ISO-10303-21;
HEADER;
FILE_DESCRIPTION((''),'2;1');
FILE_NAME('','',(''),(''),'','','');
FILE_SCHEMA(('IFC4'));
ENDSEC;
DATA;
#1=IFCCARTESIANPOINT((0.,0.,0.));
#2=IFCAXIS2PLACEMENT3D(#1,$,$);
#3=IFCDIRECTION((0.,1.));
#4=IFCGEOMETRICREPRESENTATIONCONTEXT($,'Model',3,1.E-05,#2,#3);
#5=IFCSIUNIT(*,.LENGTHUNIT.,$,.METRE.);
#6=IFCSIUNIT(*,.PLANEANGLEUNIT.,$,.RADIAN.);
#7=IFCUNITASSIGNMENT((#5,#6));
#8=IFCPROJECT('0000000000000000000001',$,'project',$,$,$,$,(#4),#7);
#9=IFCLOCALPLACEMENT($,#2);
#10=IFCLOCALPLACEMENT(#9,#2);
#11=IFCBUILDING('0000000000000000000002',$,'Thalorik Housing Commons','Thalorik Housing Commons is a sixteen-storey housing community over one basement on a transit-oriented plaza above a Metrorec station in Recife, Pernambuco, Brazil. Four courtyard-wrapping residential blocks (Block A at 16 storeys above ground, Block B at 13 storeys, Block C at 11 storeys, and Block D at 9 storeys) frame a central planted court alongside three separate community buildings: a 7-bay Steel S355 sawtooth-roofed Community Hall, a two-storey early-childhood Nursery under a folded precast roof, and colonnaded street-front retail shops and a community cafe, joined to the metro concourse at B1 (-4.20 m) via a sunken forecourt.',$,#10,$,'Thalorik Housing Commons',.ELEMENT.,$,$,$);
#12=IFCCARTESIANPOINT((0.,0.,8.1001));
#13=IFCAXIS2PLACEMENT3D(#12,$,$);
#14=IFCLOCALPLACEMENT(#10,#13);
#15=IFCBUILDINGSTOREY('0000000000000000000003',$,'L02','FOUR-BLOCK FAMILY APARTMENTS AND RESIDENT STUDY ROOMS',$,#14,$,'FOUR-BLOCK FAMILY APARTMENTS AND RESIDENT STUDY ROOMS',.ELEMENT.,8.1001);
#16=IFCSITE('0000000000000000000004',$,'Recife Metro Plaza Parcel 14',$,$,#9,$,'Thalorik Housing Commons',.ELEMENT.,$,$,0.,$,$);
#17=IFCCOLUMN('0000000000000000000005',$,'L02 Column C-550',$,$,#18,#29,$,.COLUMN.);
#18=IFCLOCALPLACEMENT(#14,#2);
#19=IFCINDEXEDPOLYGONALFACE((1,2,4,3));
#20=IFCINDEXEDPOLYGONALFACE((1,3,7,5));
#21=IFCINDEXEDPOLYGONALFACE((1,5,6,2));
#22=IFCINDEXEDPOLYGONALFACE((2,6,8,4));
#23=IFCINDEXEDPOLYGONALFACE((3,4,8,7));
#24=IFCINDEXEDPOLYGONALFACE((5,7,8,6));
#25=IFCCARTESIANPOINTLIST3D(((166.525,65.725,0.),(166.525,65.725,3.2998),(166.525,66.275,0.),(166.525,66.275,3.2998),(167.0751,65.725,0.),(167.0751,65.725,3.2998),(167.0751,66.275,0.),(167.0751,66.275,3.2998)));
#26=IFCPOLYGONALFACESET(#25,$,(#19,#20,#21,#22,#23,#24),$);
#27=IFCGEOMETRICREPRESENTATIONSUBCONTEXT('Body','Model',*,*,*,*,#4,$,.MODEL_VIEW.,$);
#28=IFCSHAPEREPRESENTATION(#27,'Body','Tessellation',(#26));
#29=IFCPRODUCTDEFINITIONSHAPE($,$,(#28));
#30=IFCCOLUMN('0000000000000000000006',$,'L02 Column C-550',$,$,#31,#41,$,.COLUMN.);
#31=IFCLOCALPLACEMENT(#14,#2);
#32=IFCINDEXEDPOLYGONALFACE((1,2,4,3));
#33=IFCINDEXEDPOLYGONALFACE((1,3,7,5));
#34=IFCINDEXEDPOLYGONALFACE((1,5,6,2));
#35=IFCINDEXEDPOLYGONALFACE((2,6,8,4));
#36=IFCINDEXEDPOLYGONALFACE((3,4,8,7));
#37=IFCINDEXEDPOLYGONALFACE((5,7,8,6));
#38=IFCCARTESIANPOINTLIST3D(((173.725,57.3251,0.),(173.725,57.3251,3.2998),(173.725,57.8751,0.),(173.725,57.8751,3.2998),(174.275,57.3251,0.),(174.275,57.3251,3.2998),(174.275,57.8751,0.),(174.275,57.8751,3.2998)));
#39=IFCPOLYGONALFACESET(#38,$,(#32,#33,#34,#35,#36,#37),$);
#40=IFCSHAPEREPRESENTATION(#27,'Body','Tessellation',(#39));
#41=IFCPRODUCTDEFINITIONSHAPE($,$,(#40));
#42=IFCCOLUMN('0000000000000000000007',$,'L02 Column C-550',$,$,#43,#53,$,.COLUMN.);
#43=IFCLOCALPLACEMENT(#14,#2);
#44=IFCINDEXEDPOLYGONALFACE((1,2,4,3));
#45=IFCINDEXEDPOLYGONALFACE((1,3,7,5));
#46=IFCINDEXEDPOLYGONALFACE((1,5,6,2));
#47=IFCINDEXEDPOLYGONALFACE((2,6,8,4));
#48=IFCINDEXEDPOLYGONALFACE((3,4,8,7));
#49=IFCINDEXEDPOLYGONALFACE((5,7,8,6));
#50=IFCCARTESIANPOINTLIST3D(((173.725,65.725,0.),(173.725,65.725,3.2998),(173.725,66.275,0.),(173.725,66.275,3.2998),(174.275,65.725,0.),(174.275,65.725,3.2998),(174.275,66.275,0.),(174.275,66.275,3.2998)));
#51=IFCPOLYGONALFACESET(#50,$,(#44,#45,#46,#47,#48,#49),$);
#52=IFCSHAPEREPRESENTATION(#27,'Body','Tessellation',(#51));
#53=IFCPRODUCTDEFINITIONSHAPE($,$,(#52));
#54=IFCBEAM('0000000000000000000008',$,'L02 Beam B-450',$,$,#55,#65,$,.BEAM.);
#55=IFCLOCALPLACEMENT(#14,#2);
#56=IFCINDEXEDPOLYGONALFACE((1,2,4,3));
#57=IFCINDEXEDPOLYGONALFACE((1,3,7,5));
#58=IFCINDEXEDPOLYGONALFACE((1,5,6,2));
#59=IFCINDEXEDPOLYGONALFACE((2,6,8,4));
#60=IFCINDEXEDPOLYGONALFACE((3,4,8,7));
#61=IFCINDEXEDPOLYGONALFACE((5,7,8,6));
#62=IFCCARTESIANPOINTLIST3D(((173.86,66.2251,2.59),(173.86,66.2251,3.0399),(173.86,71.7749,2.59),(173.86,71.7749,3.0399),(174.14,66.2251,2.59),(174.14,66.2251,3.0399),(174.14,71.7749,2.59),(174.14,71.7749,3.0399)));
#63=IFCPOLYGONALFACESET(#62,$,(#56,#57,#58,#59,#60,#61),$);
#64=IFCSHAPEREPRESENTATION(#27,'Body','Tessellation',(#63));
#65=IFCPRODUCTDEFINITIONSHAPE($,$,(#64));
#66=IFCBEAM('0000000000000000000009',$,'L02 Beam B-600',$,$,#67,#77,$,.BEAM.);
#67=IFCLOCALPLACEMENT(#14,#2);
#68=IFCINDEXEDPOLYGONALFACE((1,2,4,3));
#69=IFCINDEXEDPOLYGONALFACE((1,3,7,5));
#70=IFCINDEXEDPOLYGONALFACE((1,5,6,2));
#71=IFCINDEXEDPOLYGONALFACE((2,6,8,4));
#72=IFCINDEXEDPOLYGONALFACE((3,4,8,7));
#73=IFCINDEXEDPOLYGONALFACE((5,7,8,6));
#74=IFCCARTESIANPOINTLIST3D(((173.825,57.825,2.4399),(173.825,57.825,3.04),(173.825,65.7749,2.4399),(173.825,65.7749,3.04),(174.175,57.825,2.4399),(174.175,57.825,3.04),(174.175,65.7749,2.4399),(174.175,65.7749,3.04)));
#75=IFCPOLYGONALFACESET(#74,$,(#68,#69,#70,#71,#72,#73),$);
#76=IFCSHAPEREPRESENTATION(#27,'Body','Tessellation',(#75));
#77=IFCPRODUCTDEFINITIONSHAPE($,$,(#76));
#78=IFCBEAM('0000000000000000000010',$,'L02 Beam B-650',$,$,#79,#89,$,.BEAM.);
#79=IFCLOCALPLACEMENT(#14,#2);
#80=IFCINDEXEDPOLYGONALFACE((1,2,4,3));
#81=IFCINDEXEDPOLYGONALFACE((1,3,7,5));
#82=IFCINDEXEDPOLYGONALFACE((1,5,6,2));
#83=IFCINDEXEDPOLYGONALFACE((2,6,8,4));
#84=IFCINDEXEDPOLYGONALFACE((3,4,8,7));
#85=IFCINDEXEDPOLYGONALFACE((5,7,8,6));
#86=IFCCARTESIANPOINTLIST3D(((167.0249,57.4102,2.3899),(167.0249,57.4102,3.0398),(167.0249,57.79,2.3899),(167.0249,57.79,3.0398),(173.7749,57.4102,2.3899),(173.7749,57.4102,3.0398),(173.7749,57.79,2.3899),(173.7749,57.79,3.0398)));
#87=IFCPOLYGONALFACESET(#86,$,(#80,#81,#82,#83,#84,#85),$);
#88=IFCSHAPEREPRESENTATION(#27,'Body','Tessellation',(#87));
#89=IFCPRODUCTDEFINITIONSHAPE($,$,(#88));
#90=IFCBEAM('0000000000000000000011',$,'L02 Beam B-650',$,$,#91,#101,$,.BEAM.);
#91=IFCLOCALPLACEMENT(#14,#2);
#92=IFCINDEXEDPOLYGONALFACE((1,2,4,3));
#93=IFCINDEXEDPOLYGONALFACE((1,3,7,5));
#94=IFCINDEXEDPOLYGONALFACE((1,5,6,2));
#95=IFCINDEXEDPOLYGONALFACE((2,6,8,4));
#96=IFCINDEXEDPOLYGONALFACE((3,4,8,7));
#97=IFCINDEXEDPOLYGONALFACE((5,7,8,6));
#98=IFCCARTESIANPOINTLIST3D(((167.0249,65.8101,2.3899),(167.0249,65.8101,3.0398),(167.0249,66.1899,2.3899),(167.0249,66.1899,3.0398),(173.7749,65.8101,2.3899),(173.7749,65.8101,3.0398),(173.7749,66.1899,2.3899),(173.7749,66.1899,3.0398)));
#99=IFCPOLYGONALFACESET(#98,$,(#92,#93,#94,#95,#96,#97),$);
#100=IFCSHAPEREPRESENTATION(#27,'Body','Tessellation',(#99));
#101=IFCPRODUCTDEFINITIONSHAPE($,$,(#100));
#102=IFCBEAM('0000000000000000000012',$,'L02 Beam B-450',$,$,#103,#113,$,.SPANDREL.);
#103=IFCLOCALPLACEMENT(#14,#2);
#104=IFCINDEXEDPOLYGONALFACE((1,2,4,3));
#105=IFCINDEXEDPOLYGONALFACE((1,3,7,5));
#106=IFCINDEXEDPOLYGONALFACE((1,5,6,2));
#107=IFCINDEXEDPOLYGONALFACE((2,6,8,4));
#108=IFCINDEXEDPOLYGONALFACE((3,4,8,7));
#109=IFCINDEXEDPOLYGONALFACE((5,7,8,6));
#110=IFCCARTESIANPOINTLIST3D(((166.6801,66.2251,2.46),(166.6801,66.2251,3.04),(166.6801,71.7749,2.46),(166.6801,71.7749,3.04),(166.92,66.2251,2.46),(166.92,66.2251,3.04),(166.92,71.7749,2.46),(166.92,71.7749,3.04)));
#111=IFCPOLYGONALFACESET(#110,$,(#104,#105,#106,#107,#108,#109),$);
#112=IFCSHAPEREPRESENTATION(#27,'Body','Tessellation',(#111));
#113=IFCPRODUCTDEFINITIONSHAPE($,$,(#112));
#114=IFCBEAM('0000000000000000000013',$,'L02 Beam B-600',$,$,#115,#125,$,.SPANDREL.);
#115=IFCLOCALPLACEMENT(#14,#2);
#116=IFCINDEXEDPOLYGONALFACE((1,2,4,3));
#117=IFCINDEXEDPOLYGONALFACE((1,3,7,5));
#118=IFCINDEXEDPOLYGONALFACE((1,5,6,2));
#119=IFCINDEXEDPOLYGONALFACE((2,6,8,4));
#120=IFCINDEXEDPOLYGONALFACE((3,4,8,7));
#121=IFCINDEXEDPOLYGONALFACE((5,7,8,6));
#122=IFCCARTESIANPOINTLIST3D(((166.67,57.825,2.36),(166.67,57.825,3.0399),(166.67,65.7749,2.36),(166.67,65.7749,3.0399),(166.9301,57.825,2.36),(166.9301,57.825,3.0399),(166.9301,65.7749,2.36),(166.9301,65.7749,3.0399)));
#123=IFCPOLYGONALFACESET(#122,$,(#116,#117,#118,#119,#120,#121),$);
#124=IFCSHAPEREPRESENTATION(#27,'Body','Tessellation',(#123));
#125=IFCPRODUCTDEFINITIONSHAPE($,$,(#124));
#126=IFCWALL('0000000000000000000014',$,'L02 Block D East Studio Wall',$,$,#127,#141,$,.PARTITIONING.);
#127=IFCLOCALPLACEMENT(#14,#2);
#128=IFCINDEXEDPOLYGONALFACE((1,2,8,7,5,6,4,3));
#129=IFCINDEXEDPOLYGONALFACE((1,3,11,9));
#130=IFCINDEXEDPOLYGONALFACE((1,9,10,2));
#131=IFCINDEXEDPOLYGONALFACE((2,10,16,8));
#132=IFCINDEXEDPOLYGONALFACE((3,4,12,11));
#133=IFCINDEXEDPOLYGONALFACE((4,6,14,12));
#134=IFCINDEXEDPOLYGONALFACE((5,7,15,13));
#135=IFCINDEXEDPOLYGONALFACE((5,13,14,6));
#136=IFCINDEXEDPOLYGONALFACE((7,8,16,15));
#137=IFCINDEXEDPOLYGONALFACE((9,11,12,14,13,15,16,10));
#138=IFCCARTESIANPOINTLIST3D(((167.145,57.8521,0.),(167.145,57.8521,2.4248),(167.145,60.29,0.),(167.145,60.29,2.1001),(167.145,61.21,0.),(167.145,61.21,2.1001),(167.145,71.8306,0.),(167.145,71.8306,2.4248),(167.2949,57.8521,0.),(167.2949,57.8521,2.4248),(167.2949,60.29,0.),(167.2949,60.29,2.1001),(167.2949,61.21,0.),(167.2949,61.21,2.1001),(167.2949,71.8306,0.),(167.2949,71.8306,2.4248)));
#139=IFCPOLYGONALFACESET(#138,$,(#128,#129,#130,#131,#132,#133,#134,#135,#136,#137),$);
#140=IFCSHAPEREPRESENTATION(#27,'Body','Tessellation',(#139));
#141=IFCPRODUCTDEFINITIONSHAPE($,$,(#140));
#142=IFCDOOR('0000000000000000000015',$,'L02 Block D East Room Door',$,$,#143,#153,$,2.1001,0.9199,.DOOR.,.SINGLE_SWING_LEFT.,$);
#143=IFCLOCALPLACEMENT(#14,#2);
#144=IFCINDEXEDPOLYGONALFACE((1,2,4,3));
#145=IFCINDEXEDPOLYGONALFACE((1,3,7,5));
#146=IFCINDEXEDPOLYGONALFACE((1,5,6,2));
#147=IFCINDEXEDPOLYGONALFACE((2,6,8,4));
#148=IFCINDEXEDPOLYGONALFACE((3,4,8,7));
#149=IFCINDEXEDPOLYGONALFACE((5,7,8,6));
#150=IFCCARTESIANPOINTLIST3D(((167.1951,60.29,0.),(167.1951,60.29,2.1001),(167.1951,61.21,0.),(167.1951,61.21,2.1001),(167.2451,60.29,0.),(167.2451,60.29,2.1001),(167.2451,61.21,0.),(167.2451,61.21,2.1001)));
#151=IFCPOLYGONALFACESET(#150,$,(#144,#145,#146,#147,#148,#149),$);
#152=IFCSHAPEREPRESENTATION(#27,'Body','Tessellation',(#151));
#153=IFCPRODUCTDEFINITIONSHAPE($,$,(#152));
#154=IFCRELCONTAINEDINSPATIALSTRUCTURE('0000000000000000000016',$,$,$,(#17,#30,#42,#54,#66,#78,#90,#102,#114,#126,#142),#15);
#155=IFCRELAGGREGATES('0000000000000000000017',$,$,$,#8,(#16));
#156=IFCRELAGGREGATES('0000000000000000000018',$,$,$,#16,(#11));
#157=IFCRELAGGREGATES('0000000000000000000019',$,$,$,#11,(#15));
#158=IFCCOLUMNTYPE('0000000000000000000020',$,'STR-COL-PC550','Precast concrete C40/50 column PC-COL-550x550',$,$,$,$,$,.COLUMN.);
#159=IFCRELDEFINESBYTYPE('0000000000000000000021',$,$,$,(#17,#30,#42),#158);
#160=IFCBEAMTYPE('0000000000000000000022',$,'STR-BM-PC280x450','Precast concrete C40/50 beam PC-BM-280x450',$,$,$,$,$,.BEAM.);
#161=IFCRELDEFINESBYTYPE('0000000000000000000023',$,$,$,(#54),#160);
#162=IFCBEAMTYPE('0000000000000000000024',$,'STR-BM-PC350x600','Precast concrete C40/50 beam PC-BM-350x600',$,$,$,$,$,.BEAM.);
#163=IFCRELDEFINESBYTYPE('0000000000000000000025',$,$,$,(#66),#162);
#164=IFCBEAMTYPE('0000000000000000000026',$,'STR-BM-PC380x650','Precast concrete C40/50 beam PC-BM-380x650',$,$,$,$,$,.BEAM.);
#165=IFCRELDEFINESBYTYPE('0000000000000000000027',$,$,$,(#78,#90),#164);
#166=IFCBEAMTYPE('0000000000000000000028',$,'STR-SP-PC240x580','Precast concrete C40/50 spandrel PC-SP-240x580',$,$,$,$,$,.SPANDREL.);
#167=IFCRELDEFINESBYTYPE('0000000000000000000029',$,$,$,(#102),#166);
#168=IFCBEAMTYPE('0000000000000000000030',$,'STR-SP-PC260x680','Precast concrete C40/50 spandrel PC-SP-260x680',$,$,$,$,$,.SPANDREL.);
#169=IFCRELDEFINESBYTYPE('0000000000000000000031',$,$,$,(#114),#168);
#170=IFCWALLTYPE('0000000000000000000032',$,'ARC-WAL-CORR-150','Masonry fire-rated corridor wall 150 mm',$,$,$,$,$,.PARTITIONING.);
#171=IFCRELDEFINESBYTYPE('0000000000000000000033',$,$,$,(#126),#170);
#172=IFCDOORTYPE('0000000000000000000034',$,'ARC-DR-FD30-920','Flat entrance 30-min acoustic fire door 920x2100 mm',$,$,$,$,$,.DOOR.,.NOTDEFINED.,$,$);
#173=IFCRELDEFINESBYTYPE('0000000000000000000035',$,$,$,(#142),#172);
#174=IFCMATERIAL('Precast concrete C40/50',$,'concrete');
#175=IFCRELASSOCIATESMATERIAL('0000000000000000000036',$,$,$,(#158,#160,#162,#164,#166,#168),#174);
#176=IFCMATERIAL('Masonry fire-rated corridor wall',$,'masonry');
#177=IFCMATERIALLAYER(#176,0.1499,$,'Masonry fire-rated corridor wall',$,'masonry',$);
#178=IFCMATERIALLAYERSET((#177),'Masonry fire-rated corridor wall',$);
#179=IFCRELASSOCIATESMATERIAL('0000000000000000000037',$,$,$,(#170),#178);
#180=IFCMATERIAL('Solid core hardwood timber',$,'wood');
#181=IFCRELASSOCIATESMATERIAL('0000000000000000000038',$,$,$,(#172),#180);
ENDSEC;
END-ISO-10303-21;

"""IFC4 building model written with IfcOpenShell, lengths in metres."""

from ifc_helpers import new_model, si_unit, direction, frame, frame_2d, origin, origin_2d, place, context, subcontext, project, spatial, rectangle, extrude, material, layer, layer_set, material_profile, profile_set, type_object, element, fill, save


model = new_model("IFC4")

# Units and contexts
model_context = context("Model", 3, precision=1e-05, world=origin(), true_north=direction((0.0, 1.0)))
body_context = subcontext(model_context, "Body", "Model", "MODEL_VIEW")
ifc_project = project(units=[si_unit("LENGTHUNIT", "METRE"), si_unit("PLANEANGLEUNIT", "RADIAN")], contexts=[model_context])

# Site, building, storey
site_placement = place(None, origin())
site = spatial("IfcSite", under=ifc_project, at=site_placement, Name="Recife Metro Plaza Parcel 14", LongName="Thalorik Housing Commons", CompositionType="ELEMENT", RefElevation=0.0)
building_placement = place(site_placement, origin())
building = spatial("IfcBuilding", under=site, at=building_placement, Name="Thalorik Housing Commons", Description="Thalorik Housing Commons is a sixteen-storey housing community over one basement on a transit-oriented plaza above a Metrorec station in Recife, Pernambuco, Brazil. Four courtyard-wrapping residential blocks (Block A at 16 storeys above ground, Block B at 13 storeys, Block C at 11 storeys, and Block D at 9 storeys) frame a central planted court alongside three separate community buildings: a 7-bay Steel S355 sawtooth-roofed Community Hall, a two-storey early-childhood Nursery under a folded precast roof, and colonnaded street-front retail shops and a community cafe, joined to the metro concourse at B1 (-4.20 m) via a sunken forecourt.", LongName="Thalorik Housing Commons", CompositionType="ELEMENT")
storey_placement = place(building_placement, frame((0.0, 0.0, 8.1001)))
storey = spatial("IfcBuildingStorey", under=building, at=storey_placement, Name="L02", Description="FOUR-BLOCK FAMILY APARTMENTS AND RESIDENT STUDY ROOMS", LongName="FOUR-BLOCK FAMILY APARTMENTS AND RESIDENT STUDY ROOMS", CompositionType="ELEMENT", Elevation=8.1001)

# Columns
ifc_material_1 = material(Name="Precast concrete C40/50", Category="concrete")
ifc_material_profile_1 = material_profile(ifc_material_1, rectangle(XDim=0.55, YDim=0.55, at=origin_2d()), Name="PC 550x550", Category="concrete")
ifc_profile_set_1 = profile_set([ifc_material_profile_1], Name="Precast concrete C40/50")
column_type = type_object("IfcColumnType", Name="STR-COL-PC550", Description="Precast concrete C40/50 column PC-COL-550x550", PredefinedType="COLUMN", material=ifc_profile_set_1)
for number, where, z_axis, x_axis, name in (
    (1, (166.8, 66.0, 0.0), (0.0, 0.0, 1.0), (1.0, 0.0, 0.0), "L02 Column C-550"),
    (2, (174.0, 57.6001, 0.0), (0.0, 0.0, 1.0), (1.0, 0.0, 0.0), "L02 Column C-550"),
    (3, (174.0, 66.0, 0.0), (0.0, 0.0, 1.0), (1.0, 0.0, 0.0), "L02 Column C-550"),
):
    element("IfcColumn", number, at=place(storey_placement, frame(where, z_axis=z_axis, x_axis=x_axis)), inside=storey, type_object=column_type, Name=name, PredefinedType="COLUMN", context=body_context, shape_type="SweptSolid", body=[
        extrude(rectangle(XDim=0.55, YDim=0.55, at=origin_2d()), origin(), (0.0, 0.0, 1.0), 3.2998),
    ])

# Beams
ifc_material_profile_2 = material_profile(ifc_material_1, rectangle(XDim=0.28, YDim=0.45, at=origin_2d()), Name="PC 280x450", Category="concrete")
ifc_profile_set_2 = profile_set([ifc_material_profile_2], Name="Precast concrete C40/50")
beam_type_1 = type_object("IfcBeamType", Name="STR-BM-PC280x450", Description="Precast concrete C40/50 beam PC-BM-280x450", PredefinedType="BEAM", material=ifc_profile_set_2)
beam_1_placement = place(storey_placement, frame((174.0, 66.2251, 2.8149), z_axis=(0.0, 1.0, 0.0), x_axis=(-1.0, 0.0, 0.0)))
element("IfcBeam", 4, at=beam_1_placement, inside=storey, type_object=beam_type_1, Name="L02 Beam B-450", PredefinedType="BEAM", context=body_context, shape_type="SweptSolid", body=[
    extrude(rectangle(XDim=0.28, YDim=0.45, at=origin_2d()), origin(), (0.0, 0.0, 1.0), 5.5498),
])
ifc_material_profile_3 = material_profile(ifc_material_1, rectangle(XDim=0.3501, YDim=0.6001, at=origin_2d()), Name="PC 350x600", Category="concrete")
ifc_profile_set_3 = profile_set([ifc_material_profile_3], Name="Precast concrete C40/50")
beam_type_2 = type_object("IfcBeamType", Name="STR-BM-PC350x600", Description="Precast concrete C40/50 beam PC-BM-350x600", PredefinedType="BEAM", material=ifc_profile_set_3)
beam_2_placement = place(storey_placement, frame((174.0, 57.825, 2.74), z_axis=(0.0, 1.0, 0.0), x_axis=(-1.0, 0.0, 0.0)))
element("IfcBeam", 5, at=beam_2_placement, inside=storey, type_object=beam_type_2, Name="L02 Beam B-600", PredefinedType="BEAM", context=body_context, shape_type="SweptSolid", body=[
    extrude(rectangle(XDim=0.3501, YDim=0.6001, at=origin_2d()), origin(), (0.0, 0.0, 1.0), 7.95),
])
ifc_material_profile_4 = material_profile(ifc_material_1, rectangle(XDim=0.3799, YDim=0.6499, at=origin_2d()), Name="PC 380x650", Category="concrete")
ifc_profile_set_4 = profile_set([ifc_material_profile_4], Name="Precast concrete C40/50")
beam_type_3 = type_object("IfcBeamType", Name="STR-BM-PC380x650", Description="Precast concrete C40/50 beam PC-BM-380x650", PredefinedType="BEAM", material=ifc_profile_set_4)
for number, where, z_axis, x_axis, name in (
    (6, (167.0249, 57.6001, 2.7148), (1.0, 0.0, 0.0), (0.0, 1.0, 0.0), "L02 Beam B-650"),
    (7, (167.0249, 66.0, 2.7148), (1.0, 0.0, 0.0), (0.0, 1.0, 0.0), "L02 Beam B-650"),
):
    element("IfcBeam", number, at=place(storey_placement, frame(where, z_axis=z_axis, x_axis=x_axis)), inside=storey, type_object=beam_type_3, Name=name, PredefinedType="BEAM", context=body_context, shape_type="SweptSolid", body=[
        extrude(rectangle(XDim=0.3799, YDim=0.6499, at=origin_2d()), origin(), (0.0, 0.0, 1.0), 6.75),
    ])
ifc_material_profile_5 = material_profile(ifc_material_1, rectangle(XDim=0.24, YDim=0.5801, at=origin_2d()), Name="PC SP 240x580", Category="concrete")
ifc_profile_set_5 = profile_set([ifc_material_profile_5], Name="Precast concrete C40/50")
beam_type_4 = type_object("IfcBeamType", Name="STR-SP-PC240x580", Description="Precast concrete C40/50 spandrel PC-SP-240x580", PredefinedType="SPANDREL", material=ifc_profile_set_5)
beam_3_placement = place(storey_placement, frame((166.8, 66.2251, 2.75), z_axis=(0.0, 1.0, 0.0), x_axis=(-1.0, 0.0, 0.0)))
element("IfcBeam", 8, at=beam_3_placement, inside=storey, type_object=beam_type_4, Name="L02 Beam B-450", PredefinedType="SPANDREL", context=body_context, shape_type="SweptSolid", body=[
    extrude(rectangle(XDim=0.24, YDim=0.5801, at=origin_2d()), origin(), (0.0, 0.0, 1.0), 5.5498),
])
ifc_material_profile_6 = material_profile(ifc_material_1, rectangle(XDim=0.26, YDim=0.6799, at=origin_2d()), Name="PC SP 260x680", Category="concrete")
ifc_profile_set_6 = profile_set([ifc_material_profile_6], Name="Precast concrete C40/50")
beam_type_5 = type_object("IfcBeamType", Name="STR-SP-PC260x680", Description="Precast concrete C40/50 spandrel PC-SP-260x680", PredefinedType="SPANDREL", material=ifc_profile_set_6)
beam_4_placement = place(storey_placement, frame((166.8, 57.825, 2.7), z_axis=(0.0, 1.0, 0.0), x_axis=(-1.0, 0.0, 0.0)))
element("IfcBeam", 9, at=beam_4_placement, inside=storey, type_object=beam_type_5, Name="L02 Beam B-600", PredefinedType="SPANDREL", context=body_context, shape_type="SweptSolid", body=[
    extrude(rectangle(XDim=0.26, YDim=0.6799, at=origin_2d()), origin(), (0.0, 0.0, 1.0), 7.95),
])

# Wall, opening, door
ifc_material_2 = material(Name="Masonry fire-rated corridor wall", Category="masonry")
ifc_layer_1 = layer(ifc_material_2, 0.1499, Name="Masonry fire-rated corridor wall", Category="masonry")
ifc_layer_set_1 = layer_set([ifc_layer_1], Name="Masonry fire-rated corridor wall")
wall_type_1 = type_object("IfcWallType", Name="ARC-WAL-CORR-150", Description="Masonry fire-rated corridor wall 150 mm", PredefinedType="PARTITIONING", material=ifc_layer_set_1)
wall_1_placement = place(storey_placement, frame((167.22, 57.8521, 0.0), z_axis=(0.0, 0.0, 1.0), x_axis=(0.0, 1.0, 0.0)))
wall_1 = element("IfcWall", 10, at=wall_1_placement, inside=storey, type_object=wall_type_1, Name="L02 Block D East Studio Wall", PredefinedType="PARTITIONING", context=body_context, shape_type="SweptSolid", body=[
    extrude(rectangle(XDim=13.9785, YDim=0.1499, at=frame_2d((6.9893, 0.0))), origin(), (0.0, 0.0, 1.0), 2.4248),
])
opening_1_placement = place(wall_1_placement, frame((2.438, 0.0, 0.0)))
opening_1 = element("IfcOpeningElement", 11, at=opening_1_placement, cuts=wall_1, PredefinedType="OPENING", context=body_context, shape_type="SweptSolid", body=[
    extrude(rectangle(XDim=0.9199, YDim=2.1001, at=frame_2d((0.46, 1.05))), frame((0.0, 0.085, 0.0), z_axis=(0.0, -1.0, 0.0), x_axis=(1.0, 0.0, 0.0)), (0.0, 0.0, 1.0), 0.1699),
])
ifc_material_3 = material(Name="Solid core hardwood timber", Category="wood")
door_type_1 = type_object("IfcDoorType", Name="ARC-DR-FD30-920", Description="Flat entrance 30-min acoustic fire door 920x2100 mm", OperationType="NOTDEFINED", PredefinedType="DOOR", material=ifc_material_3)
door_1_placement = place(opening_1_placement, origin())
door_1 = element("IfcDoor", 12, at=door_1_placement, inside=storey, type_object=door_type_1, Name="L02 Block D East Room Door", OperationType="SINGLE_SWING_LEFT", OverallHeight=2.1001, OverallWidth=0.9199, PredefinedType="DOOR", context=body_context, shape_type="SweptSolid", body=[
    extrude(rectangle(XDim=0.9199, YDim=2.1001, at=frame_2d((0.46, 1.05))), frame((0.0, 0.0249, 0.0), z_axis=(0.0, -1.0, 0.0), x_axis=(1.0, 0.0, 0.0)), (0.0, 0.0, 1.0), 0.05),
])
fill(opening_1, door_1)

save(model, "model.ifc")
